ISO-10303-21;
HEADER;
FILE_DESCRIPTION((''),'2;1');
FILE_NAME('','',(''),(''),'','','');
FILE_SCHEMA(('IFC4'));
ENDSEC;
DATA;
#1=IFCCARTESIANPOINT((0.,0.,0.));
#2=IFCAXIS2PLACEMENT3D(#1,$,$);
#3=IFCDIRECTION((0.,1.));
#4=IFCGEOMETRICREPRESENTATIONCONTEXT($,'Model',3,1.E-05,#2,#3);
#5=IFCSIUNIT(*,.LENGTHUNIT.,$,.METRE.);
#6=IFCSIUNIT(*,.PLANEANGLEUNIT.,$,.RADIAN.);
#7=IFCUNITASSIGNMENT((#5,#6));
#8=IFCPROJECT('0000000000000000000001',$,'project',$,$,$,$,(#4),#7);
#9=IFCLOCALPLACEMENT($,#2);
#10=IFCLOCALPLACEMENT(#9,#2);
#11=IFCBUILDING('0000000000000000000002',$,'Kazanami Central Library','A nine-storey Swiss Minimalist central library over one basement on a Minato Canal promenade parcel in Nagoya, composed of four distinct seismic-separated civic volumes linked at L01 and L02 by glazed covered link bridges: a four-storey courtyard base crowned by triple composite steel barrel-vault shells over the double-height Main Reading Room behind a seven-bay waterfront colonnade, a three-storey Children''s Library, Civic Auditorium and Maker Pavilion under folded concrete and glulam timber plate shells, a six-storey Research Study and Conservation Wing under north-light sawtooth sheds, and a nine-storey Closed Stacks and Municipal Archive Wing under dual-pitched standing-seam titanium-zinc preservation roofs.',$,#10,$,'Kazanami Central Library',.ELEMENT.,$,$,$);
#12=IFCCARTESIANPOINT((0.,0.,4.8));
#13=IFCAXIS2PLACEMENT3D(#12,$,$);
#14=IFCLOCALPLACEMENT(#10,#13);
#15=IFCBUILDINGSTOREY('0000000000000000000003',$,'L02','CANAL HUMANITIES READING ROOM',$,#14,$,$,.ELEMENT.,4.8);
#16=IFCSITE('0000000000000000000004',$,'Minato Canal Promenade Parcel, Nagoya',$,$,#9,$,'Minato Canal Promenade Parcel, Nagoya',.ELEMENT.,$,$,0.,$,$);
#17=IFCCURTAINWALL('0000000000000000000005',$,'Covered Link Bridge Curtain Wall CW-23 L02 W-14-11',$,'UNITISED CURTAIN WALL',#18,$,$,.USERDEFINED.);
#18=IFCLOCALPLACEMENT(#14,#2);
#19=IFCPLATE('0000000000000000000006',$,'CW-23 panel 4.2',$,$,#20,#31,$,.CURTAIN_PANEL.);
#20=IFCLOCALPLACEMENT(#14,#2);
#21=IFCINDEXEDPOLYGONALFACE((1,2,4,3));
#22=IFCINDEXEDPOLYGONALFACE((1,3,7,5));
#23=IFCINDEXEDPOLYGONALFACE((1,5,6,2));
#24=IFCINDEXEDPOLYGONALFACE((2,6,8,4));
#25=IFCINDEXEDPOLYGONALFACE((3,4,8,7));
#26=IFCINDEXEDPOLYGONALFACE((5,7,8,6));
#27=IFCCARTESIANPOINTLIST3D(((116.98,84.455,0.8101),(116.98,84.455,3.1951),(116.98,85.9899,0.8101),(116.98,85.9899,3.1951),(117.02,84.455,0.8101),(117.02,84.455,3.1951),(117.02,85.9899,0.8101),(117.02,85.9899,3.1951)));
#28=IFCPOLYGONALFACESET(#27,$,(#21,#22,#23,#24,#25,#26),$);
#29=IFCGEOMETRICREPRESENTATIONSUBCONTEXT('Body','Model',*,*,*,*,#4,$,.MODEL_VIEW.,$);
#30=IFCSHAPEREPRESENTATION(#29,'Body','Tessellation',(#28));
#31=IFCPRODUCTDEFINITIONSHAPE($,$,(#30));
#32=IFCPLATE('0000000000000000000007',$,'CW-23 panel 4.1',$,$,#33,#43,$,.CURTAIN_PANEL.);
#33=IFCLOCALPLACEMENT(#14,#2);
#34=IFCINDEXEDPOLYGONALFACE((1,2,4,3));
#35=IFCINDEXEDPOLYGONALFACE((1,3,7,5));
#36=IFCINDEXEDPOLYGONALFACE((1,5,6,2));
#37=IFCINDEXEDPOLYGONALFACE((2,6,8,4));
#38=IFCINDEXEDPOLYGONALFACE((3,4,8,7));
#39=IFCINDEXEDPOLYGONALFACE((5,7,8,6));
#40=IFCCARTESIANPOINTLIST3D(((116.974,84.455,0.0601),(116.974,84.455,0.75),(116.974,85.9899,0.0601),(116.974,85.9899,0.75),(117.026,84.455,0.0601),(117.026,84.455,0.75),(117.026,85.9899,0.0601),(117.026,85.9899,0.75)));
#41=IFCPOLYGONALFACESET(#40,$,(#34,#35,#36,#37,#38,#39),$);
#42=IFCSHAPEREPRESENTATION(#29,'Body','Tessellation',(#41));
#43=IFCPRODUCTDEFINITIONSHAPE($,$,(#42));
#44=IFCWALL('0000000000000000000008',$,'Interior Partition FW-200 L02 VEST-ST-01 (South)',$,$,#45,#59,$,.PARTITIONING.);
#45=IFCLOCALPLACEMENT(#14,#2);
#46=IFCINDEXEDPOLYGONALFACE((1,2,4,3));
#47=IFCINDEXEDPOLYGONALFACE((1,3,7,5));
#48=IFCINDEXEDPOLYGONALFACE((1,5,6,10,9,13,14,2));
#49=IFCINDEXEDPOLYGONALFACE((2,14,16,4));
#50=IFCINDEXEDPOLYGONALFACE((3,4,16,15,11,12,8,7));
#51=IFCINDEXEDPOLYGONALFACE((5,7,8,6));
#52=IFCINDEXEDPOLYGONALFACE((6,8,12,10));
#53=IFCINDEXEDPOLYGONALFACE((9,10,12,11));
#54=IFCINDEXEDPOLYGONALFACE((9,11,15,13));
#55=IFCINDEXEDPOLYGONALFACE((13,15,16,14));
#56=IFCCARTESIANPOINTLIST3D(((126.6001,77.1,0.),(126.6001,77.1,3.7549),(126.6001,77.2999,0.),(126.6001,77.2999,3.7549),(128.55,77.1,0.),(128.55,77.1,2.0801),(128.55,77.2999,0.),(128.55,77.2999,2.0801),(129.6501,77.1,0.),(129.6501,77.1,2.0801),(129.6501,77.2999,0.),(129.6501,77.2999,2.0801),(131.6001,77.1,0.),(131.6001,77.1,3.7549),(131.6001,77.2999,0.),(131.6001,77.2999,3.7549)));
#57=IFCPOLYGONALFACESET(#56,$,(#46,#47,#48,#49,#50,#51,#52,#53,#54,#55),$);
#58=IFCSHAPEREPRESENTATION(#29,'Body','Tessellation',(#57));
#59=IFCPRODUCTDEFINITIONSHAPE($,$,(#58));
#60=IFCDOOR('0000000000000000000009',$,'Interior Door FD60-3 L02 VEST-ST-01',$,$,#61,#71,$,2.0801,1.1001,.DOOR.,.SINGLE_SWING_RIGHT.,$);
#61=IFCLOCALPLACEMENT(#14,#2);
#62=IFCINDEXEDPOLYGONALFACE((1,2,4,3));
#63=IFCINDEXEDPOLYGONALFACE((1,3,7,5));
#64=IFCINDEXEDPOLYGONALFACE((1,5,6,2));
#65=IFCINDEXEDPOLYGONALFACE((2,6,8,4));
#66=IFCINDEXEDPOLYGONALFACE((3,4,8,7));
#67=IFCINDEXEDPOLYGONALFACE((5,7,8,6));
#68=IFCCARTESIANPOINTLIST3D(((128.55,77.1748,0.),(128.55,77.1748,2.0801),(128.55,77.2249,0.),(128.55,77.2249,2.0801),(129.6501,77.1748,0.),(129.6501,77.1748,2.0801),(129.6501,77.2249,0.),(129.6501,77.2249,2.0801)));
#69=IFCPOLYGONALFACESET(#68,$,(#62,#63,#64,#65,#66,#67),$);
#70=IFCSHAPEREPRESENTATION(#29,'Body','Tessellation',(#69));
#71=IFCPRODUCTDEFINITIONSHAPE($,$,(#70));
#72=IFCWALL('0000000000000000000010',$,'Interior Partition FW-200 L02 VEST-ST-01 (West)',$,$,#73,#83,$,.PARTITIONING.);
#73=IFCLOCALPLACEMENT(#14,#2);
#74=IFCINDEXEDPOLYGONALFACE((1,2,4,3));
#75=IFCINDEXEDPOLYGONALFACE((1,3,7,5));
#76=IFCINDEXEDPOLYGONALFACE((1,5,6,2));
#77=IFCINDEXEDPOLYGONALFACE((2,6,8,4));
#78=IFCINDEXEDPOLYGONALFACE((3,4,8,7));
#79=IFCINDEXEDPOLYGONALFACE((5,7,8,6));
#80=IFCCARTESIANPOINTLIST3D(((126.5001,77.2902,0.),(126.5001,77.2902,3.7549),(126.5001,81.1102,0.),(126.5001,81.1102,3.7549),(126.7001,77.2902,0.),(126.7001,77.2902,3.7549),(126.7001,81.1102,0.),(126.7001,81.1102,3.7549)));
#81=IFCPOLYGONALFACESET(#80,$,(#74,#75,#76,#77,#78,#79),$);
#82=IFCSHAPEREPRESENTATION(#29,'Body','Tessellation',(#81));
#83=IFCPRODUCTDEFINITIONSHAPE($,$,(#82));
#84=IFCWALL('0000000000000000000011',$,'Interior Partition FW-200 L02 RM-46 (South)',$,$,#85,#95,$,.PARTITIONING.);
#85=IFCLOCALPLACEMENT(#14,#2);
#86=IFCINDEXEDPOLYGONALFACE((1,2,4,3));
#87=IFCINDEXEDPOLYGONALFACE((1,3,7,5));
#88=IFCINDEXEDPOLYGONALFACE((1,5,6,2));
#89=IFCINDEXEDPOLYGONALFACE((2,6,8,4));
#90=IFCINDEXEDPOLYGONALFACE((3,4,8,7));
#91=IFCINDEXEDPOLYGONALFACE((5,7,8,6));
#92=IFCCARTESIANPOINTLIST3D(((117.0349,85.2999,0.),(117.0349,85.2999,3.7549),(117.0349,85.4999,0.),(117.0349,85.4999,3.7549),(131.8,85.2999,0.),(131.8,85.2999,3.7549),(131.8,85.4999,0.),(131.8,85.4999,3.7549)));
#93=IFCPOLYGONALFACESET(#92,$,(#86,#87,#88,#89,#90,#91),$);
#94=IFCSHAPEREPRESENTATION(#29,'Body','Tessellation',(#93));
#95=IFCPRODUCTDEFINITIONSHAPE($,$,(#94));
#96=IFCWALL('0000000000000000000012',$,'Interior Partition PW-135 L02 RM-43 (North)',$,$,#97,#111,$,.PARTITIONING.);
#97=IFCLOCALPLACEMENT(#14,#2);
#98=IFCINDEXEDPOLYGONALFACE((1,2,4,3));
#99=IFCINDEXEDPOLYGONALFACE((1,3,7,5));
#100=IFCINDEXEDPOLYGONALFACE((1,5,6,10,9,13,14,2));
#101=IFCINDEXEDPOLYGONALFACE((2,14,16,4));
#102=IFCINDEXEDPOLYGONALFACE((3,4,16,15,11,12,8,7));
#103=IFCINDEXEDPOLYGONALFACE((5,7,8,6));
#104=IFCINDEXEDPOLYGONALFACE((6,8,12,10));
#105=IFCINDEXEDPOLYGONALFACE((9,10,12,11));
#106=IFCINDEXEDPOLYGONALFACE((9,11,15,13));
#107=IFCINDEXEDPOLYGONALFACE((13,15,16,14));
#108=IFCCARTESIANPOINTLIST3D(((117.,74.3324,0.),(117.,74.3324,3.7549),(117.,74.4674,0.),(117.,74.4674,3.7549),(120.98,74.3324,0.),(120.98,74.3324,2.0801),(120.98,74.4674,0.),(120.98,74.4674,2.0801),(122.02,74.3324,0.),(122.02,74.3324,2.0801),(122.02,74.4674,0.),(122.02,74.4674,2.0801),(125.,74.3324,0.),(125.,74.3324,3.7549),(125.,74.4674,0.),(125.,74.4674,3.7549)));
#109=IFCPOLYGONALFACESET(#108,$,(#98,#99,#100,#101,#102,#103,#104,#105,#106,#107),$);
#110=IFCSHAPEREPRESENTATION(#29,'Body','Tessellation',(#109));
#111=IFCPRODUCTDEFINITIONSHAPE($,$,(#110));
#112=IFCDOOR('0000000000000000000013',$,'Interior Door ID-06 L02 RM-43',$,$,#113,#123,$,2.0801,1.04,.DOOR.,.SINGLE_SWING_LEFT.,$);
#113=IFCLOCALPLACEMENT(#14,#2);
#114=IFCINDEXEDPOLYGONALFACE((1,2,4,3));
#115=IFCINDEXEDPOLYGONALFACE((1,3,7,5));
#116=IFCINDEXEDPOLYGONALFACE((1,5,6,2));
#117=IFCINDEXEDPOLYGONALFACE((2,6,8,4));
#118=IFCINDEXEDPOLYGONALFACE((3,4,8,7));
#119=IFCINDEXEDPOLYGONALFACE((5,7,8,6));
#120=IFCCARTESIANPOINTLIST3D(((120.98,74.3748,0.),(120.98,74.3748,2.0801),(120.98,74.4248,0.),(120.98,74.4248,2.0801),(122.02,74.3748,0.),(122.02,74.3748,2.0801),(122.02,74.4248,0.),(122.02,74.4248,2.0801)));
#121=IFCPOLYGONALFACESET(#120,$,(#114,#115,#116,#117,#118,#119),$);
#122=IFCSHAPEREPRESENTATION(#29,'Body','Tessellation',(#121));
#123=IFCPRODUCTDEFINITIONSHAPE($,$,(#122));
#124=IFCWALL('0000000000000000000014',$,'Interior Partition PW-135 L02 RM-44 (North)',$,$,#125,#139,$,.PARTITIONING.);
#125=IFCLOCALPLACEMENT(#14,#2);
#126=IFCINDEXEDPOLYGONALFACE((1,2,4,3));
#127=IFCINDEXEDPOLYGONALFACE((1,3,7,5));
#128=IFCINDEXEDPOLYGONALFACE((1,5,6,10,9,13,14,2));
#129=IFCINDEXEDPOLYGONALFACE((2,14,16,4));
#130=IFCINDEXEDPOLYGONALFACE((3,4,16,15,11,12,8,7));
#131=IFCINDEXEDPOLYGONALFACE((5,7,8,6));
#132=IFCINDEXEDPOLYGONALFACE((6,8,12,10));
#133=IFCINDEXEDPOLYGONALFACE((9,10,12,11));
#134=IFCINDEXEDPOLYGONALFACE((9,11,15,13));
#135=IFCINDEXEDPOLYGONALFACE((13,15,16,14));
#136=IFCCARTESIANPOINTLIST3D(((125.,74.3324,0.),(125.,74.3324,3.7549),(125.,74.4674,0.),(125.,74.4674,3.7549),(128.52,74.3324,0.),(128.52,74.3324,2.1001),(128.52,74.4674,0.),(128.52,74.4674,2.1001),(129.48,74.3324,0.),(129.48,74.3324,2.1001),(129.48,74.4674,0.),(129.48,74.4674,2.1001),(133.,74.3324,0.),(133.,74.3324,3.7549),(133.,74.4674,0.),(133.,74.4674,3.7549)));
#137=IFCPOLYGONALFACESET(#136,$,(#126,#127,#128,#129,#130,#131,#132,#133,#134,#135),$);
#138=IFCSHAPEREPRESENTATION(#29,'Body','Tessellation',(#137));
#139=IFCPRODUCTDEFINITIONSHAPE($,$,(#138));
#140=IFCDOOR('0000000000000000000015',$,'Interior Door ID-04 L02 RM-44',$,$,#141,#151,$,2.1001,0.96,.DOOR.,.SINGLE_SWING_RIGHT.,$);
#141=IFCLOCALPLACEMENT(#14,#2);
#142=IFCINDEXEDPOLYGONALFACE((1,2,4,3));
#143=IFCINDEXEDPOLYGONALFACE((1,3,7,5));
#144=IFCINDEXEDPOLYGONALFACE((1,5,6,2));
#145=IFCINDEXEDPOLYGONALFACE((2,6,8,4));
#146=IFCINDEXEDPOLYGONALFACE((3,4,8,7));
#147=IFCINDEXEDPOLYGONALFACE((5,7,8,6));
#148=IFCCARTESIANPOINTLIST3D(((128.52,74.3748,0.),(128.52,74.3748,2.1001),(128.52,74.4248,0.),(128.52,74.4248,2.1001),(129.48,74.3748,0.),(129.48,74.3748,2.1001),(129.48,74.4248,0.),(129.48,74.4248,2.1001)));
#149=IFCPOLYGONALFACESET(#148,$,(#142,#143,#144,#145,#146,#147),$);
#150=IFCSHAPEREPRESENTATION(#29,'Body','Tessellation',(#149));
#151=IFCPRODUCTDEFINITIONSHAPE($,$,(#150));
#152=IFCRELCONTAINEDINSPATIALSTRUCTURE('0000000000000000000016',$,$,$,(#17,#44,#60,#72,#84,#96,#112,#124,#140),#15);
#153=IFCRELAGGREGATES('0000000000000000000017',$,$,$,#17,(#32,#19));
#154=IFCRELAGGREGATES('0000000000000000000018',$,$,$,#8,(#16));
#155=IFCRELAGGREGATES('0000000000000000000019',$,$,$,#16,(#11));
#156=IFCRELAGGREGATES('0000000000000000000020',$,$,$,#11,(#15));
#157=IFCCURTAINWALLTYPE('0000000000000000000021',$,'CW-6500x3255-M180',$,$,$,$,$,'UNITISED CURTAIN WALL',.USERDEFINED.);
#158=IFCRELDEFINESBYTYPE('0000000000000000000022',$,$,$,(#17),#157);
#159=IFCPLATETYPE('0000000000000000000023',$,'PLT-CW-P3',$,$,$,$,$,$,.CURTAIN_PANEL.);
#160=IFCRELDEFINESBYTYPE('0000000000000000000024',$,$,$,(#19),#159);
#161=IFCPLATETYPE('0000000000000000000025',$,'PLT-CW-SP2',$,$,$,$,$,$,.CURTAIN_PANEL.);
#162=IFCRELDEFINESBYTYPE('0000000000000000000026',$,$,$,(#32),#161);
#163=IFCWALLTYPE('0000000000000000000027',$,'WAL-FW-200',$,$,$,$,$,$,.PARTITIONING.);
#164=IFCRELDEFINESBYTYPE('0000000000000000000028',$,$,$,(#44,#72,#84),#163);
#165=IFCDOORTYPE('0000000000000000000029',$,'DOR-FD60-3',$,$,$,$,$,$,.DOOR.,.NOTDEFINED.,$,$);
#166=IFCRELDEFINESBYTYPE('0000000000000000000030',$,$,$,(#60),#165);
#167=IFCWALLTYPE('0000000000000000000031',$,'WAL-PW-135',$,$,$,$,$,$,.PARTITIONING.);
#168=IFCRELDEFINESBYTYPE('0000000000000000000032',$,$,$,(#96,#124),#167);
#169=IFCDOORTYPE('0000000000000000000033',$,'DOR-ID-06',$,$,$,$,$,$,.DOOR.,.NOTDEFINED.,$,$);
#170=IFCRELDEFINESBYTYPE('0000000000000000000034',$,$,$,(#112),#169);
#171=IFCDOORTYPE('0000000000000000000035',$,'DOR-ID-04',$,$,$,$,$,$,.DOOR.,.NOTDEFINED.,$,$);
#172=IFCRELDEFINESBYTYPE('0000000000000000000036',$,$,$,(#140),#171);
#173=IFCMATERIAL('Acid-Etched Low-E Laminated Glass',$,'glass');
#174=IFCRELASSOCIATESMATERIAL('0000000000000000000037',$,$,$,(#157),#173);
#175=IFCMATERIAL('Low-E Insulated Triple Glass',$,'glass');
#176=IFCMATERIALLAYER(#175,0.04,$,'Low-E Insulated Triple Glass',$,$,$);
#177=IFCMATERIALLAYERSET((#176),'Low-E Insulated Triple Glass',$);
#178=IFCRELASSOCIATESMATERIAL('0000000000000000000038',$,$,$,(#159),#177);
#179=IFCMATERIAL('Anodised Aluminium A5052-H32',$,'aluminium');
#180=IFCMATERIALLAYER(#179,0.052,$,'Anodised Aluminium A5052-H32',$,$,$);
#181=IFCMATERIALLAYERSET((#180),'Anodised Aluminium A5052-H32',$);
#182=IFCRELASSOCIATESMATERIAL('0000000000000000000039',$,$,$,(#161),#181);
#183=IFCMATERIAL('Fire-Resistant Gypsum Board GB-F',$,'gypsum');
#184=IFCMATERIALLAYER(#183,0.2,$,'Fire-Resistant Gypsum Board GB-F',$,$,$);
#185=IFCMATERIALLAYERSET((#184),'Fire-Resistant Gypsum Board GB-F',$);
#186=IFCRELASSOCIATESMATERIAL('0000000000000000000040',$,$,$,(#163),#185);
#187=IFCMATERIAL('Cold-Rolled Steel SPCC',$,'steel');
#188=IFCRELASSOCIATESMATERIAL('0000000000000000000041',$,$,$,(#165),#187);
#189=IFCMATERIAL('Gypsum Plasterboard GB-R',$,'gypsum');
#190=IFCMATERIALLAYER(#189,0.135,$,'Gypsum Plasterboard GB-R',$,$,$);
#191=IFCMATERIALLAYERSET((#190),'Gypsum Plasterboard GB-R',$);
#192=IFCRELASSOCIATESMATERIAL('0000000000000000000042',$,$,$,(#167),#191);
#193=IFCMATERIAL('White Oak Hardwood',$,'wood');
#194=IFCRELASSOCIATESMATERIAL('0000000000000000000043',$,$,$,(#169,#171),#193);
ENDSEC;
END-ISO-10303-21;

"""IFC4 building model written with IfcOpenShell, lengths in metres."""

from ifc_helpers import new_model, si_unit, direction, frame, frame_2d, origin, origin_2d, place, context, subcontext, project, spatial, rectangle, extrude, material, layer, layer_set, type_object, element, fill, aggregate, save


model = new_model("IFC4")

# Units and contexts
model_context = context("Model", 3, precision=1e-05, world=origin(), true_north=direction((0.0, 1.0)))
body_context = subcontext(model_context, "Body", "Model", "MODEL_VIEW")
ifc_project = project(units=[si_unit("LENGTHUNIT", "METRE"), si_unit("PLANEANGLEUNIT", "RADIAN")], contexts=[model_context])

# Site, building, storey
site_placement = place(None, origin())
site = spatial("IfcSite", under=ifc_project, at=site_placement, Name="Minato Canal Promenade Parcel, Nagoya", LongName="Minato Canal Promenade Parcel, Nagoya", CompositionType="ELEMENT", RefElevation=0.0)
building_placement = place(site_placement, origin())
building = spatial("IfcBuilding", under=site, at=building_placement, Name="Kazanami Central Library", Description="A nine-storey Swiss Minimalist central library over one basement on a Minato Canal promenade parcel in Nagoya, composed of four distinct seismic-separated civic volumes linked at L01 and L02 by glazed covered link bridges: a four-storey courtyard base crowned by triple composite steel barrel-vault shells over the double-height Main Reading Room behind a seven-bay waterfront colonnade, a three-storey Children's Library, Civic Auditorium and Maker Pavilion under folded concrete and glulam timber plate shells, a six-storey Research Study and Conservation Wing under north-light sawtooth sheds, and a nine-storey Closed Stacks and Municipal Archive Wing under dual-pitched standing-seam titanium-zinc preservation roofs.", LongName="Kazanami Central Library", CompositionType="ELEMENT")
storey_placement = place(building_placement, frame((0.0, 0.0, 4.8)))
storey = spatial("IfcBuildingStorey", under=building, at=storey_placement, Name="L02", Description="CANAL HUMANITIES READING ROOM", CompositionType="ELEMENT", Elevation=4.8)

# Curtain wall, plates
ifc_material_1 = material(Name="Acid-Etched Low-E Laminated Glass", Category="glass")
curtain_wall_type = type_object("IfcCurtainWallType", Name="CW-6500x3255-M180", ElementType="UNITISED CURTAIN WALL", PredefinedType="USERDEFINED", material=ifc_material_1)
curtain_wall_placement = place(storey_placement, origin())
curtain_wall = element("IfcCurtainWall", 1, at=curtain_wall_placement, inside=storey, type_object=curtain_wall_type, Name="Covered Link Bridge Curtain Wall CW-23 L02 W-14-11", ObjectType="UNITISED CURTAIN WALL", PredefinedType="USERDEFINED")
ifc_material_2 = material(Name="Low-E Insulated Triple Glass", Category="glass")
ifc_layer_1 = layer(ifc_material_2, 0.04, Name="Low-E Insulated Triple Glass")
ifc_layer_set_1 = layer_set([ifc_layer_1], Name="Low-E Insulated Triple Glass")
plate_type_1 = type_object("IfcPlateType", Name="PLT-CW-P3", PredefinedType="CURTAIN_PANEL", material=ifc_layer_set_1)
plate_1_placement = place(storey_placement, frame((117.0, 85.2224, 0.8101), z_axis=(0.0, 0.0, 1.0), x_axis=(0.0, 1.0, 0.0)))
plate_1 = element("IfcPlate", 2, at=plate_1_placement, type_object=plate_type_1, Name="CW-23 panel 4.2", PredefinedType="CURTAIN_PANEL", context=body_context, shape_type="SweptSolid", body=[
    extrude(rectangle(XDim=1.5349, YDim=0.04, at=origin_2d()), origin(), (0.0, 0.0, 1.0), 2.385),
])
ifc_material_3 = material(Name="Anodised Aluminium A5052-H32", Category="aluminium")
ifc_layer_2 = layer(ifc_material_3, 0.052, Name="Anodised Aluminium A5052-H32")
ifc_layer_set_2 = layer_set([ifc_layer_2], Name="Anodised Aluminium A5052-H32")
plate_type_2 = type_object("IfcPlateType", Name="PLT-CW-SP2", PredefinedType="CURTAIN_PANEL", material=ifc_layer_set_2)
plate_2_placement = place(storey_placement, frame((117.0, 85.2224, 0.0601), z_axis=(0.0, 0.0, 1.0), x_axis=(0.0, 1.0, 0.0)))
plate_2 = element("IfcPlate", 3, at=plate_2_placement, type_object=plate_type_2, Name="CW-23 panel 4.1", PredefinedType="CURTAIN_PANEL", context=body_context, shape_type="SweptSolid", body=[
    extrude(rectangle(XDim=1.5349, YDim=0.052, at=origin_2d()), origin(), (0.0, 0.0, 1.0), 0.6899),
])
aggregate(curtain_wall, [plate_2, plate_1])

# Wall, opening, door
ifc_material_4 = material(Name="Fire-Resistant Gypsum Board GB-F", Category="gypsum")
ifc_layer_3 = layer(ifc_material_4, 0.2, Name="Fire-Resistant Gypsum Board GB-F")
ifc_layer_set_3 = layer_set([ifc_layer_3], Name="Fire-Resistant Gypsum Board GB-F")
wall_type_1 = type_object("IfcWallType", Name="WAL-FW-200", PredefinedType="PARTITIONING", material=ifc_layer_set_3)
wall_1_placement = place(storey_placement, frame((126.6001, 77.2, 0.0), z_axis=(0.0, 0.0, 1.0), x_axis=(1.0, 0.0, 0.0)))
wall_1 = element("IfcWall", 4, at=wall_1_placement, inside=storey, type_object=wall_type_1, Name="Interior Partition FW-200 L02 VEST-ST-01 (South)", PredefinedType="PARTITIONING", context=body_context, shape_type="SweptSolid", body=[
    extrude(rectangle(XDim=5.0, YDim=0.2, at=frame_2d((2.5, 0.0))), origin(), (0.0, 0.0, 1.0), 3.7549),
])
opening_1_placement = place(wall_1_placement, frame((1.95, 0.0, 0.0)))
opening_1 = element("IfcOpeningElement", 5, at=opening_1_placement, cuts=wall_1, PredefinedType="OPENING", context=body_context, shape_type="SweptSolid", body=[
    extrude(rectangle(XDim=1.1001, YDim=2.0801, at=frame_2d((0.55, 1.04))), frame((0.0, 0.1118, 0.0), z_axis=(0.0, -1.0, 0.0), x_axis=(1.0, 0.0, 0.0)), (0.0, 0.0, 1.0), 0.2239),
])
ifc_material_5 = material(Name="Cold-Rolled Steel SPCC", Category="steel")
door_type_1 = type_object("IfcDoorType", Name="DOR-FD60-3", OperationType="NOTDEFINED", PredefinedType="DOOR", material=ifc_material_5)
door_1_placement = place(opening_1_placement, origin())
door_1 = element("IfcDoor", 6, at=door_1_placement, inside=storey, type_object=door_type_1, Name="Interior Door FD60-3 L02 VEST-ST-01", OperationType="SINGLE_SWING_RIGHT", OverallHeight=2.0801, OverallWidth=1.1001, PredefinedType="DOOR", context=body_context, shape_type="SweptSolid", body=[
    extrude(rectangle(XDim=1.1001, YDim=2.0801, at=frame_2d((0.55, 1.04))), frame((0.0, 0.0249, 0.0), z_axis=(0.0, -1.0, 0.0), x_axis=(1.0, 0.0, 0.0)), (0.0, 0.0, 1.0), 0.05),
])
fill(opening_1, door_1)

# Walls
wall_2_placement = place(storey_placement, frame((126.6001, 77.29, 0.0), z_axis=(0.0, 0.0, 1.0), x_axis=(0.0, 1.0, 0.0)))
element("IfcWall", 7, at=wall_2_placement, inside=storey, type_object=wall_type_1, Name="Interior Partition FW-200 L02 VEST-ST-01 (West)", PredefinedType="PARTITIONING", context=body_context, shape_type="SweptSolid", body=[
    extrude(rectangle(XDim=3.8201, YDim=0.2, at=frame_2d((1.9102, 0.0))), origin(), (0.0, 0.0, 1.0), 3.7549),
])
wall_3_placement = place(storey_placement, frame((117.0349, 85.3999, 0.0), z_axis=(0.0, 0.0, 1.0), x_axis=(1.0, 0.0, 0.0)))
element("IfcWall", 8, at=wall_3_placement, inside=storey, type_object=wall_type_1, Name="Interior Partition FW-200 L02 RM-46 (South)", PredefinedType="PARTITIONING", context=body_context, shape_type="SweptSolid", body=[
    extrude(rectangle(XDim=14.7651, YDim=0.2, at=frame_2d((7.3826, 0.0))), origin(), (0.0, 0.0, 1.0), 3.7549),
])

# Walls, openings, doors
ifc_material_6 = material(Name="Gypsum Plasterboard GB-R", Category="gypsum")
ifc_layer_4 = layer(ifc_material_6, 0.135, Name="Gypsum Plasterboard GB-R")
ifc_layer_set_4 = layer_set([ifc_layer_4], Name="Gypsum Plasterboard GB-R")
wall_type_2 = type_object("IfcWallType", Name="WAL-PW-135", PredefinedType="PARTITIONING", material=ifc_layer_set_4)
wall_4_placement = place(storey_placement, frame((117.0, 74.3999, 0.0), z_axis=(0.0, 0.0, 1.0), x_axis=(1.0, 0.0, 0.0)))
wall_4 = element("IfcWall", 9, at=wall_4_placement, inside=storey, type_object=wall_type_2, Name="Interior Partition PW-135 L02 RM-43 (North)", PredefinedType="PARTITIONING", context=body_context, shape_type="SweptSolid", body=[
    extrude(rectangle(XDim=8.0, YDim=0.135, at=frame_2d((4.0, 0.0))), origin(), (0.0, 0.0, 1.0), 3.7549),
])
opening_2_placement = place(wall_4_placement, frame((3.98, 0.0, 0.0)))
opening_2 = element("IfcOpeningElement", 10, at=opening_2_placement, cuts=wall_4, PredefinedType="OPENING", context=body_context, shape_type="SweptSolid", body=[
    extrude(rectangle(XDim=1.04, YDim=2.0801, at=frame_2d((0.52, 1.04))), frame((0.0, 0.0796, 0.0), z_axis=(0.0, -1.0, 0.0), x_axis=(1.0, 0.0, 0.0)), (0.0, 0.0, 1.0), 0.1589),
])
ifc_material_7 = material(Name="White Oak Hardwood", Category="wood")
door_type_2 = type_object("IfcDoorType", Name="DOR-ID-06", OperationType="NOTDEFINED", PredefinedType="DOOR", material=ifc_material_7)
door_2_placement = place(opening_2_placement, origin())
door_2 = element("IfcDoor", 11, at=door_2_placement, inside=storey, type_object=door_type_2, Name="Interior Door ID-06 L02 RM-43", OperationType="SINGLE_SWING_LEFT", OverallHeight=2.0801, OverallWidth=1.04, PredefinedType="DOOR", context=body_context, shape_type="SweptSolid", body=[
    extrude(rectangle(XDim=1.04, YDim=2.0801, at=frame_2d((0.52, 1.04))), frame((0.0, 0.0249, 0.0), z_axis=(0.0, -1.0, 0.0), x_axis=(1.0, 0.0, 0.0)), (0.0, 0.0, 1.0), 0.05),
])
fill(opening_2, door_2)
wall_5_placement = place(storey_placement, frame((125.0, 74.3999, 0.0), z_axis=(0.0, 0.0, 1.0), x_axis=(1.0, 0.0, 0.0)))
wall_5 = element("IfcWall", 12, at=wall_5_placement, inside=storey, type_object=wall_type_2, Name="Interior Partition PW-135 L02 RM-44 (North)", PredefinedType="PARTITIONING", context=body_context, shape_type="SweptSolid", body=[
    extrude(rectangle(XDim=8.0, YDim=0.135, at=frame_2d((4.0, 0.0))), origin(), (0.0, 0.0, 1.0), 3.7549),
])
opening_3_placement = place(wall_5_placement, frame((3.52, 0.0, 0.0)))
opening_3 = element("IfcOpeningElement", 13, at=opening_3_placement, cuts=wall_5, PredefinedType="OPENING", context=body_context, shape_type="SweptSolid", body=[
    extrude(rectangle(XDim=0.96, YDim=2.1001, at=frame_2d((0.48, 1.05))), frame((0.0, 0.0796, 0.0), z_axis=(0.0, -1.0, 0.0), x_axis=(1.0, 0.0, 0.0)), (0.0, 0.0, 1.0), 0.1589),
])
door_type_3 = type_object("IfcDoorType", Name="DOR-ID-04", OperationType="NOTDEFINED", PredefinedType="DOOR", material=ifc_material_7)
door_3_placement = place(opening_3_placement, origin())
door_3 = element("IfcDoor", 14, at=door_3_placement, inside=storey, type_object=door_type_3, Name="Interior Door ID-04 L02 RM-44", OperationType="SINGLE_SWING_RIGHT", OverallHeight=2.1001, OverallWidth=0.96, PredefinedType="DOOR", context=body_context, shape_type="SweptSolid", body=[
    extrude(rectangle(XDim=0.96, YDim=2.1001, at=frame_2d((0.48, 1.05))), frame((0.0, 0.0249, 0.0), z_axis=(0.0, -1.0, 0.0), x_axis=(1.0, 0.0, 0.0)), (0.0, 0.0, 1.0), 0.05),
])
fill(opening_3, door_3)

save(model, "model.ifc")
